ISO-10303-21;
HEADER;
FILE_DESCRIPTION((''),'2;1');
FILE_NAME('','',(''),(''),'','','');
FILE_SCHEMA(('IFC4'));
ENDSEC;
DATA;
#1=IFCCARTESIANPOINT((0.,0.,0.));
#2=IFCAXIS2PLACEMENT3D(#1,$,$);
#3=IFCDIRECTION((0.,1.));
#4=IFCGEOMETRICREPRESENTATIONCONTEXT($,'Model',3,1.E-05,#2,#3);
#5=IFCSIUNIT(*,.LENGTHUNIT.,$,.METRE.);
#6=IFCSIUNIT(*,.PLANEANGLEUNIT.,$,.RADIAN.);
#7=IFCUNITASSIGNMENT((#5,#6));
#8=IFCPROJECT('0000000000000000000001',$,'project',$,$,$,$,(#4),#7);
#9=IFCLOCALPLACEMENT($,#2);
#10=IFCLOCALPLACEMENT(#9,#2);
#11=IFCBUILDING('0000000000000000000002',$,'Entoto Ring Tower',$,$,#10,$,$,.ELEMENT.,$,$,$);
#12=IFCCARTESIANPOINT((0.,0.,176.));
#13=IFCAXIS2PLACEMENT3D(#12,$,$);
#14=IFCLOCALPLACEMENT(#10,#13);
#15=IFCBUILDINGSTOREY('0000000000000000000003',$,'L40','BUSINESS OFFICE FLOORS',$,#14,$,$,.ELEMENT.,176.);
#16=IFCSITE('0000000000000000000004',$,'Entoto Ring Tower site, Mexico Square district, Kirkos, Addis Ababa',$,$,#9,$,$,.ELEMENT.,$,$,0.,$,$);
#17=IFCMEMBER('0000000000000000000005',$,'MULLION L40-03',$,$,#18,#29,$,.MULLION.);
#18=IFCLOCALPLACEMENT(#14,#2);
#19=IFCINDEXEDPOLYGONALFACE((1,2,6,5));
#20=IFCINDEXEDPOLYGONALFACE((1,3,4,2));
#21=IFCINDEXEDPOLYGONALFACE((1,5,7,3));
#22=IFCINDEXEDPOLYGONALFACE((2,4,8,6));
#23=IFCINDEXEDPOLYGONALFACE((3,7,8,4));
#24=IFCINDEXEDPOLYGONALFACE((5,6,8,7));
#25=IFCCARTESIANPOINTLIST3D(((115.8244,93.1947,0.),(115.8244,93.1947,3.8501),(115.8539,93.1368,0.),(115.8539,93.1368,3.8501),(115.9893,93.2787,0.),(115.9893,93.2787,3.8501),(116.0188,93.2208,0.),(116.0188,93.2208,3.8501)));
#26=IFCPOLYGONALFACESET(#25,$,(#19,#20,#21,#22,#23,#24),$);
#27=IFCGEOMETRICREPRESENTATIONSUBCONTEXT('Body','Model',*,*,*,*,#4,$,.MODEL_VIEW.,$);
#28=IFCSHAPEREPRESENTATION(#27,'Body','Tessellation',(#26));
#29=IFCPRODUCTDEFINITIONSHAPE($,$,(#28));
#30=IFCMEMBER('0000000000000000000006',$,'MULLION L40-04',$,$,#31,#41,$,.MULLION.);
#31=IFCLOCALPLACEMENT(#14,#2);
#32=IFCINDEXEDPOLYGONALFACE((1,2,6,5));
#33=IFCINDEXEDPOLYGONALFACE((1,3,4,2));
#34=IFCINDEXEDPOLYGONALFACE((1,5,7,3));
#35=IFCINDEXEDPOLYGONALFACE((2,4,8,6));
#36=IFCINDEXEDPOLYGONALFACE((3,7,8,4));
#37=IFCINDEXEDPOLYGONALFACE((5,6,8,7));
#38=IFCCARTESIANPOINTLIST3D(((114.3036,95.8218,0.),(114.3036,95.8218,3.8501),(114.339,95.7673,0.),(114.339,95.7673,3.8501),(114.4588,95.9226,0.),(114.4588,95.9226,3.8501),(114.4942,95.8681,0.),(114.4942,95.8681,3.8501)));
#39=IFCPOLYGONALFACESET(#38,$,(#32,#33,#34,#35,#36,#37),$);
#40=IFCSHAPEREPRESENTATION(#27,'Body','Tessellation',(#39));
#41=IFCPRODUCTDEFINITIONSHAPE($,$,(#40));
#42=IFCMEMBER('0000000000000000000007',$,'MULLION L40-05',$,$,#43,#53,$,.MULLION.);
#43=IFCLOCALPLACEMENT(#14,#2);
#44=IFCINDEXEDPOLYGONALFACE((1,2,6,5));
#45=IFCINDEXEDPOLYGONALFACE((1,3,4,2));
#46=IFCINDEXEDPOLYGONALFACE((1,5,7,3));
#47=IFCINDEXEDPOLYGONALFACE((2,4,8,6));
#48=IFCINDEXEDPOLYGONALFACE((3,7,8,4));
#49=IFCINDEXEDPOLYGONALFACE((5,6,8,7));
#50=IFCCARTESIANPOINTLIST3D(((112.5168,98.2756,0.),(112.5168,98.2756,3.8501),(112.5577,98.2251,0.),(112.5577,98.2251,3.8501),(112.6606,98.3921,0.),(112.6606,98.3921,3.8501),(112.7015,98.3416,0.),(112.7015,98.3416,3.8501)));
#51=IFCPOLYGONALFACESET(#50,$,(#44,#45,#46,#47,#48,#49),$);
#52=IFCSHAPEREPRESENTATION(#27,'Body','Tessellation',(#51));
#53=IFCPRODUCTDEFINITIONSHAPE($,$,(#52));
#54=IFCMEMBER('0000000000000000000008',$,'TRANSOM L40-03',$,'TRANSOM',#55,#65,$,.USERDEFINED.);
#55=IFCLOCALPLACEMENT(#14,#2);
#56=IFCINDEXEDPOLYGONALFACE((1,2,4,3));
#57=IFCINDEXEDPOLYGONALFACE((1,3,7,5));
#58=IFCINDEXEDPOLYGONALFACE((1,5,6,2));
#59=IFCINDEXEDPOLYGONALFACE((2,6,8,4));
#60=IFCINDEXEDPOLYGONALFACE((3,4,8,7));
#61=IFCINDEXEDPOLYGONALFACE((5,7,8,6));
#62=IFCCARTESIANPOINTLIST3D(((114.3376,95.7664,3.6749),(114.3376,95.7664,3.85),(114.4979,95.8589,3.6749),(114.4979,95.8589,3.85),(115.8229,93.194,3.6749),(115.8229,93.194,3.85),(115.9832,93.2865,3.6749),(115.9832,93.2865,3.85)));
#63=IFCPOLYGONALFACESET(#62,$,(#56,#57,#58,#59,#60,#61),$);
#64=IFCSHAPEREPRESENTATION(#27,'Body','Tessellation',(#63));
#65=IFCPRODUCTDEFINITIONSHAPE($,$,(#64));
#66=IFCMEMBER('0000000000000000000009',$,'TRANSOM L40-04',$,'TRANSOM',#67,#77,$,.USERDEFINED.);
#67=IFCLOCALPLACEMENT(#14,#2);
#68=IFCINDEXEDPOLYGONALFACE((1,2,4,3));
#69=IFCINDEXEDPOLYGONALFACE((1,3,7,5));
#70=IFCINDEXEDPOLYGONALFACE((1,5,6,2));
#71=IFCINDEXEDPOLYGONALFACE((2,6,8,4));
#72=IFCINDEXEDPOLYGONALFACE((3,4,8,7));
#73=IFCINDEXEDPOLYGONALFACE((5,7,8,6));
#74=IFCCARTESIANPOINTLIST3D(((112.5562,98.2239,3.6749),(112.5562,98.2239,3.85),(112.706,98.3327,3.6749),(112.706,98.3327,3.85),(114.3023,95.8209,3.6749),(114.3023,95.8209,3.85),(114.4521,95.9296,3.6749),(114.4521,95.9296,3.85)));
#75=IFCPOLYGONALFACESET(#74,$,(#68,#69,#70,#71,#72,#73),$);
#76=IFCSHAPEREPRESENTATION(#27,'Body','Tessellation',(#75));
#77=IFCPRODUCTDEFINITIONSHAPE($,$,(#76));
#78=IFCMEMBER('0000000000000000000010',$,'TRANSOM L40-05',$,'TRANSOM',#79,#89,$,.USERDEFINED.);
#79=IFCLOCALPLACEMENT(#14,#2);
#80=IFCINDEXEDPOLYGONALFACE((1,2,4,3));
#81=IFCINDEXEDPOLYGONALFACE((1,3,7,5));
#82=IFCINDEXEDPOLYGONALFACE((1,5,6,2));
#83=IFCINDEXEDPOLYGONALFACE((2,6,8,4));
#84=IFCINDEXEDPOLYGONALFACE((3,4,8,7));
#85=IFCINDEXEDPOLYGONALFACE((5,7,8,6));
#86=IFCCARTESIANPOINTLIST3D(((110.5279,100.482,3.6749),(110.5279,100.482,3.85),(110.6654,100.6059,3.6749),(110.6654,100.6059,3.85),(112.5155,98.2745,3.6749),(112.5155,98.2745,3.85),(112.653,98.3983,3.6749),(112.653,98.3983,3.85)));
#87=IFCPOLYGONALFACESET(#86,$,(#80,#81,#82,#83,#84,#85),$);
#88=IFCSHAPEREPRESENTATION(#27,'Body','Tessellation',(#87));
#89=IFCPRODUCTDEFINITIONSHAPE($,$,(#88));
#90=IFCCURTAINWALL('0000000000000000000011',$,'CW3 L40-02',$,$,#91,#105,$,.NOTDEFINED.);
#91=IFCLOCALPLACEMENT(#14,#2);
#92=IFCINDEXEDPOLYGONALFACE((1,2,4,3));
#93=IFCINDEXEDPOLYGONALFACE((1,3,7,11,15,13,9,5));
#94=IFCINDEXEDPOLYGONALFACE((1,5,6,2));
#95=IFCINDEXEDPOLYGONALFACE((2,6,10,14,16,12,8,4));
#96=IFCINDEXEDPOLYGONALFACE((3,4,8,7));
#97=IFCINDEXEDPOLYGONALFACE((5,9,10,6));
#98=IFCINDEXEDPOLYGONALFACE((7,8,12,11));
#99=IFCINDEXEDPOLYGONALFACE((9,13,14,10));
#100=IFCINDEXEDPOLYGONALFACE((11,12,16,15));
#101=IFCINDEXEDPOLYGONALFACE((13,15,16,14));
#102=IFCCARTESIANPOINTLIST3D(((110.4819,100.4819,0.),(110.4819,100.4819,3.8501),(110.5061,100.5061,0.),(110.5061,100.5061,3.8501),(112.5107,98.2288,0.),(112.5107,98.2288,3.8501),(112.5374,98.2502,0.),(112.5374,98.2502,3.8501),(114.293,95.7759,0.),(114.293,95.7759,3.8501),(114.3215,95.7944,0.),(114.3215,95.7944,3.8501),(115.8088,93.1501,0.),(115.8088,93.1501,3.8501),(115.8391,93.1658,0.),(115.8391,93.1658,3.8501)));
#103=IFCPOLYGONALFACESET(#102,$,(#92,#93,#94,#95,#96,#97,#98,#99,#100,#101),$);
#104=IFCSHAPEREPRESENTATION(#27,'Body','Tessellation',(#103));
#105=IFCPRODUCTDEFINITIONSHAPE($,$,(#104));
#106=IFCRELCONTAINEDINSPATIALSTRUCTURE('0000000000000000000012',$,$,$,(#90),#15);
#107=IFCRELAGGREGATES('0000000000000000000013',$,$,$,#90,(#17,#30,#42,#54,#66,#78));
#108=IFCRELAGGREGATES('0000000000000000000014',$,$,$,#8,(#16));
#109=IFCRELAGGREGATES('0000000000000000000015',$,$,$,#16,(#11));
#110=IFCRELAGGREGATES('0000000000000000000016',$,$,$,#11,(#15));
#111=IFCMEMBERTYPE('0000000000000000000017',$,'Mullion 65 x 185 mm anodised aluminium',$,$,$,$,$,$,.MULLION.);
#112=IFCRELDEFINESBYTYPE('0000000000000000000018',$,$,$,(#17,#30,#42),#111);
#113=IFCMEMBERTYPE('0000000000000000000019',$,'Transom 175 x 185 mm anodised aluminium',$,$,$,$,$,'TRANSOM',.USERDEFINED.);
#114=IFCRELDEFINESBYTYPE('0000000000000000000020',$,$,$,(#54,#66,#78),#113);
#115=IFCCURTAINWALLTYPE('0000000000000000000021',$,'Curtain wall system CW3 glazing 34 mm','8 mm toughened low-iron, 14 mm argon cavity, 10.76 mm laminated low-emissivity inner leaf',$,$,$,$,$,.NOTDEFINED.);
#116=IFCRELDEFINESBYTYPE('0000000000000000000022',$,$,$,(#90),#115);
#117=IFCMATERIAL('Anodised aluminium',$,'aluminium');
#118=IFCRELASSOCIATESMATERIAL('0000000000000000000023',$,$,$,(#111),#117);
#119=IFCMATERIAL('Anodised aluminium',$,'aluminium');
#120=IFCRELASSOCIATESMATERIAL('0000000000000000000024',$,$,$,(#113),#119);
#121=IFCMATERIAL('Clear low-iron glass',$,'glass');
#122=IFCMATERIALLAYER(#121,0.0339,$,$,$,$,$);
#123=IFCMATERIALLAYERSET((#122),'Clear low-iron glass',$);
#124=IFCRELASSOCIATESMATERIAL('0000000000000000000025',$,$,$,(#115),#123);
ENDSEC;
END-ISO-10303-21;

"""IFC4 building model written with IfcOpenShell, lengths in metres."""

from ifc_helpers import new_model, si_unit, direction, frame, origin, origin_2d, place, context, subcontext, project, spatial, polyline, rectangle, outline, extrude, material, layer, layer_set, material_profile, profile_set, type_object, element, aggregate, save


model = new_model("IFC4")

# Units and contexts
model_context = context("Model", 3, precision=1e-05, world=origin(), true_north=direction((0.0, 1.0)))
body_context = subcontext(model_context, "Body", "Model", "MODEL_VIEW")
ifc_project = project(units=[si_unit("LENGTHUNIT", "METRE"), si_unit("PLANEANGLEUNIT", "RADIAN")], contexts=[model_context])

# Members
ifc_material_1 = material(Name="Anodised aluminium", Category="aluminium")
ifc_material_profile_1 = material_profile(ifc_material_1, rectangle(XDim=0.0649, YDim=0.1851, at=origin_2d()), Name="Mullion 65 x 185 mm anodised aluminium")
ifc_profile_set_1 = profile_set([ifc_material_profile_1], Name="Anodised aluminium")
member_type_1 = type_object("IfcMemberType", Name="Mullion 65 x 185 mm anodised aluminium", PredefinedType="MULLION", material=ifc_profile_set_1)
site_placement = place(None, origin())
building_placement = place(site_placement, origin())
storey_placement = place(building_placement, frame((0.0, 0.0, 176.0)))
member_1_placement = place(storey_placement, frame((115.9216, 93.2078, 0.0), z_axis=(0.0, 0.0, 1.0), x_axis=(-0.45399, 0.891007, 0.0)))
member_1 = element("IfcMember", 1, at=member_1_placement, type_object=member_type_1, Name="MULLION L40-03", PredefinedType="MULLION", context=body_context, shape_type="SweptSolid", body=[
    extrude(rectangle(XDim=0.0649, YDim=0.1851, at=origin_2d()), origin(), (0.0, 0.0, 1.0), 3.8501),
])
member_2_placement = place(storey_placement, frame((114.3989, 95.845, 0.0), z_axis=(0.0, 0.0, 1.0), x_axis=(-0.544639, 0.838671, 0.0)))
member_2 = element("IfcMember", 2, at=member_2_placement, type_object=member_type_1, Name="MULLION L40-04", PredefinedType="MULLION", context=body_context, shape_type="SweptSolid", body=[
    extrude(rectangle(XDim=0.0649, YDim=0.1851, at=origin_2d()), origin(), (0.0, 0.0, 1.0), 3.8501),
])
member_3_placement = place(storey_placement, frame((112.6091, 98.3086, 0.0), z_axis=(0.0, 0.0, 1.0), x_axis=(-0.62932, 0.777146, 0.0)))
member_3 = element("IfcMember", 3, at=member_3_placement, type_object=member_type_1, Name="MULLION L40-05", PredefinedType="MULLION", context=body_context, shape_type="SweptSolid", body=[
    extrude(rectangle(XDim=0.0649, YDim=0.1851, at=origin_2d()), origin(), (0.0, 0.0, 1.0), 3.8501),
])
ifc_material_2 = material(Name="Anodised aluminium", Category="aluminium")
ifc_material_profile_2 = material_profile(ifc_material_2, rectangle(XDim=0.1851, YDim=0.175, at=origin_2d()), Name="Transom 175 x 185 mm anodised aluminium")
ifc_profile_set_2 = profile_set([ifc_material_profile_2], Name="Anodised aluminium")
member_type_2 = type_object("IfcMemberType", Name="Transom 175 x 185 mm anodised aluminium", ElementType="TRANSOM", PredefinedType="USERDEFINED", material=ifc_profile_set_2)
member_4_placement = place(storey_placement, frame((115.9031, 93.2402, 3.7625), z_axis=(-0.500028, 0.866009, 0.0), x_axis=(-0.866009, -0.500028, 0.0)))
member_4 = element("IfcMember", 4, at=member_4_placement, type_object=member_type_2, Name="TRANSOM L40-03", ObjectType="TRANSOM", PredefinedType="USERDEFINED", context=body_context, shape_type="SweptSolid", body=[
    extrude(rectangle(XDim=0.1851, YDim=0.175, at=origin_2d()), origin(), (0.0, 0.0, 1.0), 2.9705),
])
member_5_placement = place(storey_placement, frame((114.3772, 95.8752, 3.7625), z_axis=(-0.58782, 0.808992, 0.0), x_axis=(-0.808992, -0.58782, 0.0)))
member_5 = element("IfcMember", 5, at=member_5_placement, type_object=member_type_2, Name="TRANSOM L40-04", ObjectType="TRANSOM", PredefinedType="USERDEFINED", context=body_context, shape_type="SweptSolid", body=[
    extrude(rectangle(XDim=0.1851, YDim=0.175, at=origin_2d()), origin(), (0.0, 0.0, 1.0), 2.9705),
])
member_6_placement = place(storey_placement, frame((112.5842, 98.3364, 3.7625), z_axis=(-0.66911, 0.743163, 0.0), x_axis=(-0.743163, -0.66911, 0.0)))
member_6 = element("IfcMember", 6, at=member_6_placement, type_object=member_type_2, Name="TRANSOM L40-05", ObjectType="TRANSOM", PredefinedType="USERDEFINED", context=body_context, shape_type="SweptSolid", body=[
    extrude(rectangle(XDim=0.1851, YDim=0.175, at=origin_2d()), origin(), (0.0, 0.0, 1.0), 2.9705),
])

# Site, building, storey
site = spatial("IfcSite", under=ifc_project, at=site_placement, Name="Entoto Ring Tower site, Mexico Square district, Kirkos, Addis Ababa", CompositionType="ELEMENT", RefElevation=0.0)
building = spatial("IfcBuilding", under=site, at=building_placement, Name="Entoto Ring Tower", CompositionType="ELEMENT")
storey = spatial("IfcBuildingStorey", under=building, at=storey_placement, Name="L40", Description="BUSINESS OFFICE FLOORS", CompositionType="ELEMENT", Elevation=176.0)

# Curtain wall
ifc_material_3 = material(Name="Clear low-iron glass", Category="glass")
ifc_layer_1 = layer(ifc_material_3, 0.0339)
ifc_layer_set_1 = layer_set([ifc_layer_1], Name="Clear low-iron glass")
curtain_wall_type = type_object("IfcCurtainWallType", Name="Curtain wall system CW3 glazing 34 mm", Description="8 mm toughened low-iron, 14 mm argon cavity, 10.76 mm laminated low-emissivity inner leaf", PredefinedType="NOTDEFINED", material=ifc_layer_set_1)
curtain_wall_1_placement = place(storey_placement, origin())
curtain_wall_1 = element("IfcCurtainWall", 7, at=curtain_wall_1_placement, inside=storey, type_object=curtain_wall_type, Name="CW3 L40-02", PredefinedType="NOTDEFINED", context=body_context, shape_type="SweptSolid", body=[
    extrude(outline(polyline([(115.8391, 93.1658), (114.3215, 95.7944), (112.5374, 98.2502), (110.5061, 100.5061), (110.4819, 100.4819), (112.5107, 98.2288), (114.293, 95.7759), (115.8088, 93.1501), (115.8391, 93.1658)])), origin(), (0.0, 0.0, 1.0), 3.8501),
])
aggregate(curtain_wall_1, [member_1, member_2, member_3, member_4, member_5, member_6])

save(model, "model.ifc")
